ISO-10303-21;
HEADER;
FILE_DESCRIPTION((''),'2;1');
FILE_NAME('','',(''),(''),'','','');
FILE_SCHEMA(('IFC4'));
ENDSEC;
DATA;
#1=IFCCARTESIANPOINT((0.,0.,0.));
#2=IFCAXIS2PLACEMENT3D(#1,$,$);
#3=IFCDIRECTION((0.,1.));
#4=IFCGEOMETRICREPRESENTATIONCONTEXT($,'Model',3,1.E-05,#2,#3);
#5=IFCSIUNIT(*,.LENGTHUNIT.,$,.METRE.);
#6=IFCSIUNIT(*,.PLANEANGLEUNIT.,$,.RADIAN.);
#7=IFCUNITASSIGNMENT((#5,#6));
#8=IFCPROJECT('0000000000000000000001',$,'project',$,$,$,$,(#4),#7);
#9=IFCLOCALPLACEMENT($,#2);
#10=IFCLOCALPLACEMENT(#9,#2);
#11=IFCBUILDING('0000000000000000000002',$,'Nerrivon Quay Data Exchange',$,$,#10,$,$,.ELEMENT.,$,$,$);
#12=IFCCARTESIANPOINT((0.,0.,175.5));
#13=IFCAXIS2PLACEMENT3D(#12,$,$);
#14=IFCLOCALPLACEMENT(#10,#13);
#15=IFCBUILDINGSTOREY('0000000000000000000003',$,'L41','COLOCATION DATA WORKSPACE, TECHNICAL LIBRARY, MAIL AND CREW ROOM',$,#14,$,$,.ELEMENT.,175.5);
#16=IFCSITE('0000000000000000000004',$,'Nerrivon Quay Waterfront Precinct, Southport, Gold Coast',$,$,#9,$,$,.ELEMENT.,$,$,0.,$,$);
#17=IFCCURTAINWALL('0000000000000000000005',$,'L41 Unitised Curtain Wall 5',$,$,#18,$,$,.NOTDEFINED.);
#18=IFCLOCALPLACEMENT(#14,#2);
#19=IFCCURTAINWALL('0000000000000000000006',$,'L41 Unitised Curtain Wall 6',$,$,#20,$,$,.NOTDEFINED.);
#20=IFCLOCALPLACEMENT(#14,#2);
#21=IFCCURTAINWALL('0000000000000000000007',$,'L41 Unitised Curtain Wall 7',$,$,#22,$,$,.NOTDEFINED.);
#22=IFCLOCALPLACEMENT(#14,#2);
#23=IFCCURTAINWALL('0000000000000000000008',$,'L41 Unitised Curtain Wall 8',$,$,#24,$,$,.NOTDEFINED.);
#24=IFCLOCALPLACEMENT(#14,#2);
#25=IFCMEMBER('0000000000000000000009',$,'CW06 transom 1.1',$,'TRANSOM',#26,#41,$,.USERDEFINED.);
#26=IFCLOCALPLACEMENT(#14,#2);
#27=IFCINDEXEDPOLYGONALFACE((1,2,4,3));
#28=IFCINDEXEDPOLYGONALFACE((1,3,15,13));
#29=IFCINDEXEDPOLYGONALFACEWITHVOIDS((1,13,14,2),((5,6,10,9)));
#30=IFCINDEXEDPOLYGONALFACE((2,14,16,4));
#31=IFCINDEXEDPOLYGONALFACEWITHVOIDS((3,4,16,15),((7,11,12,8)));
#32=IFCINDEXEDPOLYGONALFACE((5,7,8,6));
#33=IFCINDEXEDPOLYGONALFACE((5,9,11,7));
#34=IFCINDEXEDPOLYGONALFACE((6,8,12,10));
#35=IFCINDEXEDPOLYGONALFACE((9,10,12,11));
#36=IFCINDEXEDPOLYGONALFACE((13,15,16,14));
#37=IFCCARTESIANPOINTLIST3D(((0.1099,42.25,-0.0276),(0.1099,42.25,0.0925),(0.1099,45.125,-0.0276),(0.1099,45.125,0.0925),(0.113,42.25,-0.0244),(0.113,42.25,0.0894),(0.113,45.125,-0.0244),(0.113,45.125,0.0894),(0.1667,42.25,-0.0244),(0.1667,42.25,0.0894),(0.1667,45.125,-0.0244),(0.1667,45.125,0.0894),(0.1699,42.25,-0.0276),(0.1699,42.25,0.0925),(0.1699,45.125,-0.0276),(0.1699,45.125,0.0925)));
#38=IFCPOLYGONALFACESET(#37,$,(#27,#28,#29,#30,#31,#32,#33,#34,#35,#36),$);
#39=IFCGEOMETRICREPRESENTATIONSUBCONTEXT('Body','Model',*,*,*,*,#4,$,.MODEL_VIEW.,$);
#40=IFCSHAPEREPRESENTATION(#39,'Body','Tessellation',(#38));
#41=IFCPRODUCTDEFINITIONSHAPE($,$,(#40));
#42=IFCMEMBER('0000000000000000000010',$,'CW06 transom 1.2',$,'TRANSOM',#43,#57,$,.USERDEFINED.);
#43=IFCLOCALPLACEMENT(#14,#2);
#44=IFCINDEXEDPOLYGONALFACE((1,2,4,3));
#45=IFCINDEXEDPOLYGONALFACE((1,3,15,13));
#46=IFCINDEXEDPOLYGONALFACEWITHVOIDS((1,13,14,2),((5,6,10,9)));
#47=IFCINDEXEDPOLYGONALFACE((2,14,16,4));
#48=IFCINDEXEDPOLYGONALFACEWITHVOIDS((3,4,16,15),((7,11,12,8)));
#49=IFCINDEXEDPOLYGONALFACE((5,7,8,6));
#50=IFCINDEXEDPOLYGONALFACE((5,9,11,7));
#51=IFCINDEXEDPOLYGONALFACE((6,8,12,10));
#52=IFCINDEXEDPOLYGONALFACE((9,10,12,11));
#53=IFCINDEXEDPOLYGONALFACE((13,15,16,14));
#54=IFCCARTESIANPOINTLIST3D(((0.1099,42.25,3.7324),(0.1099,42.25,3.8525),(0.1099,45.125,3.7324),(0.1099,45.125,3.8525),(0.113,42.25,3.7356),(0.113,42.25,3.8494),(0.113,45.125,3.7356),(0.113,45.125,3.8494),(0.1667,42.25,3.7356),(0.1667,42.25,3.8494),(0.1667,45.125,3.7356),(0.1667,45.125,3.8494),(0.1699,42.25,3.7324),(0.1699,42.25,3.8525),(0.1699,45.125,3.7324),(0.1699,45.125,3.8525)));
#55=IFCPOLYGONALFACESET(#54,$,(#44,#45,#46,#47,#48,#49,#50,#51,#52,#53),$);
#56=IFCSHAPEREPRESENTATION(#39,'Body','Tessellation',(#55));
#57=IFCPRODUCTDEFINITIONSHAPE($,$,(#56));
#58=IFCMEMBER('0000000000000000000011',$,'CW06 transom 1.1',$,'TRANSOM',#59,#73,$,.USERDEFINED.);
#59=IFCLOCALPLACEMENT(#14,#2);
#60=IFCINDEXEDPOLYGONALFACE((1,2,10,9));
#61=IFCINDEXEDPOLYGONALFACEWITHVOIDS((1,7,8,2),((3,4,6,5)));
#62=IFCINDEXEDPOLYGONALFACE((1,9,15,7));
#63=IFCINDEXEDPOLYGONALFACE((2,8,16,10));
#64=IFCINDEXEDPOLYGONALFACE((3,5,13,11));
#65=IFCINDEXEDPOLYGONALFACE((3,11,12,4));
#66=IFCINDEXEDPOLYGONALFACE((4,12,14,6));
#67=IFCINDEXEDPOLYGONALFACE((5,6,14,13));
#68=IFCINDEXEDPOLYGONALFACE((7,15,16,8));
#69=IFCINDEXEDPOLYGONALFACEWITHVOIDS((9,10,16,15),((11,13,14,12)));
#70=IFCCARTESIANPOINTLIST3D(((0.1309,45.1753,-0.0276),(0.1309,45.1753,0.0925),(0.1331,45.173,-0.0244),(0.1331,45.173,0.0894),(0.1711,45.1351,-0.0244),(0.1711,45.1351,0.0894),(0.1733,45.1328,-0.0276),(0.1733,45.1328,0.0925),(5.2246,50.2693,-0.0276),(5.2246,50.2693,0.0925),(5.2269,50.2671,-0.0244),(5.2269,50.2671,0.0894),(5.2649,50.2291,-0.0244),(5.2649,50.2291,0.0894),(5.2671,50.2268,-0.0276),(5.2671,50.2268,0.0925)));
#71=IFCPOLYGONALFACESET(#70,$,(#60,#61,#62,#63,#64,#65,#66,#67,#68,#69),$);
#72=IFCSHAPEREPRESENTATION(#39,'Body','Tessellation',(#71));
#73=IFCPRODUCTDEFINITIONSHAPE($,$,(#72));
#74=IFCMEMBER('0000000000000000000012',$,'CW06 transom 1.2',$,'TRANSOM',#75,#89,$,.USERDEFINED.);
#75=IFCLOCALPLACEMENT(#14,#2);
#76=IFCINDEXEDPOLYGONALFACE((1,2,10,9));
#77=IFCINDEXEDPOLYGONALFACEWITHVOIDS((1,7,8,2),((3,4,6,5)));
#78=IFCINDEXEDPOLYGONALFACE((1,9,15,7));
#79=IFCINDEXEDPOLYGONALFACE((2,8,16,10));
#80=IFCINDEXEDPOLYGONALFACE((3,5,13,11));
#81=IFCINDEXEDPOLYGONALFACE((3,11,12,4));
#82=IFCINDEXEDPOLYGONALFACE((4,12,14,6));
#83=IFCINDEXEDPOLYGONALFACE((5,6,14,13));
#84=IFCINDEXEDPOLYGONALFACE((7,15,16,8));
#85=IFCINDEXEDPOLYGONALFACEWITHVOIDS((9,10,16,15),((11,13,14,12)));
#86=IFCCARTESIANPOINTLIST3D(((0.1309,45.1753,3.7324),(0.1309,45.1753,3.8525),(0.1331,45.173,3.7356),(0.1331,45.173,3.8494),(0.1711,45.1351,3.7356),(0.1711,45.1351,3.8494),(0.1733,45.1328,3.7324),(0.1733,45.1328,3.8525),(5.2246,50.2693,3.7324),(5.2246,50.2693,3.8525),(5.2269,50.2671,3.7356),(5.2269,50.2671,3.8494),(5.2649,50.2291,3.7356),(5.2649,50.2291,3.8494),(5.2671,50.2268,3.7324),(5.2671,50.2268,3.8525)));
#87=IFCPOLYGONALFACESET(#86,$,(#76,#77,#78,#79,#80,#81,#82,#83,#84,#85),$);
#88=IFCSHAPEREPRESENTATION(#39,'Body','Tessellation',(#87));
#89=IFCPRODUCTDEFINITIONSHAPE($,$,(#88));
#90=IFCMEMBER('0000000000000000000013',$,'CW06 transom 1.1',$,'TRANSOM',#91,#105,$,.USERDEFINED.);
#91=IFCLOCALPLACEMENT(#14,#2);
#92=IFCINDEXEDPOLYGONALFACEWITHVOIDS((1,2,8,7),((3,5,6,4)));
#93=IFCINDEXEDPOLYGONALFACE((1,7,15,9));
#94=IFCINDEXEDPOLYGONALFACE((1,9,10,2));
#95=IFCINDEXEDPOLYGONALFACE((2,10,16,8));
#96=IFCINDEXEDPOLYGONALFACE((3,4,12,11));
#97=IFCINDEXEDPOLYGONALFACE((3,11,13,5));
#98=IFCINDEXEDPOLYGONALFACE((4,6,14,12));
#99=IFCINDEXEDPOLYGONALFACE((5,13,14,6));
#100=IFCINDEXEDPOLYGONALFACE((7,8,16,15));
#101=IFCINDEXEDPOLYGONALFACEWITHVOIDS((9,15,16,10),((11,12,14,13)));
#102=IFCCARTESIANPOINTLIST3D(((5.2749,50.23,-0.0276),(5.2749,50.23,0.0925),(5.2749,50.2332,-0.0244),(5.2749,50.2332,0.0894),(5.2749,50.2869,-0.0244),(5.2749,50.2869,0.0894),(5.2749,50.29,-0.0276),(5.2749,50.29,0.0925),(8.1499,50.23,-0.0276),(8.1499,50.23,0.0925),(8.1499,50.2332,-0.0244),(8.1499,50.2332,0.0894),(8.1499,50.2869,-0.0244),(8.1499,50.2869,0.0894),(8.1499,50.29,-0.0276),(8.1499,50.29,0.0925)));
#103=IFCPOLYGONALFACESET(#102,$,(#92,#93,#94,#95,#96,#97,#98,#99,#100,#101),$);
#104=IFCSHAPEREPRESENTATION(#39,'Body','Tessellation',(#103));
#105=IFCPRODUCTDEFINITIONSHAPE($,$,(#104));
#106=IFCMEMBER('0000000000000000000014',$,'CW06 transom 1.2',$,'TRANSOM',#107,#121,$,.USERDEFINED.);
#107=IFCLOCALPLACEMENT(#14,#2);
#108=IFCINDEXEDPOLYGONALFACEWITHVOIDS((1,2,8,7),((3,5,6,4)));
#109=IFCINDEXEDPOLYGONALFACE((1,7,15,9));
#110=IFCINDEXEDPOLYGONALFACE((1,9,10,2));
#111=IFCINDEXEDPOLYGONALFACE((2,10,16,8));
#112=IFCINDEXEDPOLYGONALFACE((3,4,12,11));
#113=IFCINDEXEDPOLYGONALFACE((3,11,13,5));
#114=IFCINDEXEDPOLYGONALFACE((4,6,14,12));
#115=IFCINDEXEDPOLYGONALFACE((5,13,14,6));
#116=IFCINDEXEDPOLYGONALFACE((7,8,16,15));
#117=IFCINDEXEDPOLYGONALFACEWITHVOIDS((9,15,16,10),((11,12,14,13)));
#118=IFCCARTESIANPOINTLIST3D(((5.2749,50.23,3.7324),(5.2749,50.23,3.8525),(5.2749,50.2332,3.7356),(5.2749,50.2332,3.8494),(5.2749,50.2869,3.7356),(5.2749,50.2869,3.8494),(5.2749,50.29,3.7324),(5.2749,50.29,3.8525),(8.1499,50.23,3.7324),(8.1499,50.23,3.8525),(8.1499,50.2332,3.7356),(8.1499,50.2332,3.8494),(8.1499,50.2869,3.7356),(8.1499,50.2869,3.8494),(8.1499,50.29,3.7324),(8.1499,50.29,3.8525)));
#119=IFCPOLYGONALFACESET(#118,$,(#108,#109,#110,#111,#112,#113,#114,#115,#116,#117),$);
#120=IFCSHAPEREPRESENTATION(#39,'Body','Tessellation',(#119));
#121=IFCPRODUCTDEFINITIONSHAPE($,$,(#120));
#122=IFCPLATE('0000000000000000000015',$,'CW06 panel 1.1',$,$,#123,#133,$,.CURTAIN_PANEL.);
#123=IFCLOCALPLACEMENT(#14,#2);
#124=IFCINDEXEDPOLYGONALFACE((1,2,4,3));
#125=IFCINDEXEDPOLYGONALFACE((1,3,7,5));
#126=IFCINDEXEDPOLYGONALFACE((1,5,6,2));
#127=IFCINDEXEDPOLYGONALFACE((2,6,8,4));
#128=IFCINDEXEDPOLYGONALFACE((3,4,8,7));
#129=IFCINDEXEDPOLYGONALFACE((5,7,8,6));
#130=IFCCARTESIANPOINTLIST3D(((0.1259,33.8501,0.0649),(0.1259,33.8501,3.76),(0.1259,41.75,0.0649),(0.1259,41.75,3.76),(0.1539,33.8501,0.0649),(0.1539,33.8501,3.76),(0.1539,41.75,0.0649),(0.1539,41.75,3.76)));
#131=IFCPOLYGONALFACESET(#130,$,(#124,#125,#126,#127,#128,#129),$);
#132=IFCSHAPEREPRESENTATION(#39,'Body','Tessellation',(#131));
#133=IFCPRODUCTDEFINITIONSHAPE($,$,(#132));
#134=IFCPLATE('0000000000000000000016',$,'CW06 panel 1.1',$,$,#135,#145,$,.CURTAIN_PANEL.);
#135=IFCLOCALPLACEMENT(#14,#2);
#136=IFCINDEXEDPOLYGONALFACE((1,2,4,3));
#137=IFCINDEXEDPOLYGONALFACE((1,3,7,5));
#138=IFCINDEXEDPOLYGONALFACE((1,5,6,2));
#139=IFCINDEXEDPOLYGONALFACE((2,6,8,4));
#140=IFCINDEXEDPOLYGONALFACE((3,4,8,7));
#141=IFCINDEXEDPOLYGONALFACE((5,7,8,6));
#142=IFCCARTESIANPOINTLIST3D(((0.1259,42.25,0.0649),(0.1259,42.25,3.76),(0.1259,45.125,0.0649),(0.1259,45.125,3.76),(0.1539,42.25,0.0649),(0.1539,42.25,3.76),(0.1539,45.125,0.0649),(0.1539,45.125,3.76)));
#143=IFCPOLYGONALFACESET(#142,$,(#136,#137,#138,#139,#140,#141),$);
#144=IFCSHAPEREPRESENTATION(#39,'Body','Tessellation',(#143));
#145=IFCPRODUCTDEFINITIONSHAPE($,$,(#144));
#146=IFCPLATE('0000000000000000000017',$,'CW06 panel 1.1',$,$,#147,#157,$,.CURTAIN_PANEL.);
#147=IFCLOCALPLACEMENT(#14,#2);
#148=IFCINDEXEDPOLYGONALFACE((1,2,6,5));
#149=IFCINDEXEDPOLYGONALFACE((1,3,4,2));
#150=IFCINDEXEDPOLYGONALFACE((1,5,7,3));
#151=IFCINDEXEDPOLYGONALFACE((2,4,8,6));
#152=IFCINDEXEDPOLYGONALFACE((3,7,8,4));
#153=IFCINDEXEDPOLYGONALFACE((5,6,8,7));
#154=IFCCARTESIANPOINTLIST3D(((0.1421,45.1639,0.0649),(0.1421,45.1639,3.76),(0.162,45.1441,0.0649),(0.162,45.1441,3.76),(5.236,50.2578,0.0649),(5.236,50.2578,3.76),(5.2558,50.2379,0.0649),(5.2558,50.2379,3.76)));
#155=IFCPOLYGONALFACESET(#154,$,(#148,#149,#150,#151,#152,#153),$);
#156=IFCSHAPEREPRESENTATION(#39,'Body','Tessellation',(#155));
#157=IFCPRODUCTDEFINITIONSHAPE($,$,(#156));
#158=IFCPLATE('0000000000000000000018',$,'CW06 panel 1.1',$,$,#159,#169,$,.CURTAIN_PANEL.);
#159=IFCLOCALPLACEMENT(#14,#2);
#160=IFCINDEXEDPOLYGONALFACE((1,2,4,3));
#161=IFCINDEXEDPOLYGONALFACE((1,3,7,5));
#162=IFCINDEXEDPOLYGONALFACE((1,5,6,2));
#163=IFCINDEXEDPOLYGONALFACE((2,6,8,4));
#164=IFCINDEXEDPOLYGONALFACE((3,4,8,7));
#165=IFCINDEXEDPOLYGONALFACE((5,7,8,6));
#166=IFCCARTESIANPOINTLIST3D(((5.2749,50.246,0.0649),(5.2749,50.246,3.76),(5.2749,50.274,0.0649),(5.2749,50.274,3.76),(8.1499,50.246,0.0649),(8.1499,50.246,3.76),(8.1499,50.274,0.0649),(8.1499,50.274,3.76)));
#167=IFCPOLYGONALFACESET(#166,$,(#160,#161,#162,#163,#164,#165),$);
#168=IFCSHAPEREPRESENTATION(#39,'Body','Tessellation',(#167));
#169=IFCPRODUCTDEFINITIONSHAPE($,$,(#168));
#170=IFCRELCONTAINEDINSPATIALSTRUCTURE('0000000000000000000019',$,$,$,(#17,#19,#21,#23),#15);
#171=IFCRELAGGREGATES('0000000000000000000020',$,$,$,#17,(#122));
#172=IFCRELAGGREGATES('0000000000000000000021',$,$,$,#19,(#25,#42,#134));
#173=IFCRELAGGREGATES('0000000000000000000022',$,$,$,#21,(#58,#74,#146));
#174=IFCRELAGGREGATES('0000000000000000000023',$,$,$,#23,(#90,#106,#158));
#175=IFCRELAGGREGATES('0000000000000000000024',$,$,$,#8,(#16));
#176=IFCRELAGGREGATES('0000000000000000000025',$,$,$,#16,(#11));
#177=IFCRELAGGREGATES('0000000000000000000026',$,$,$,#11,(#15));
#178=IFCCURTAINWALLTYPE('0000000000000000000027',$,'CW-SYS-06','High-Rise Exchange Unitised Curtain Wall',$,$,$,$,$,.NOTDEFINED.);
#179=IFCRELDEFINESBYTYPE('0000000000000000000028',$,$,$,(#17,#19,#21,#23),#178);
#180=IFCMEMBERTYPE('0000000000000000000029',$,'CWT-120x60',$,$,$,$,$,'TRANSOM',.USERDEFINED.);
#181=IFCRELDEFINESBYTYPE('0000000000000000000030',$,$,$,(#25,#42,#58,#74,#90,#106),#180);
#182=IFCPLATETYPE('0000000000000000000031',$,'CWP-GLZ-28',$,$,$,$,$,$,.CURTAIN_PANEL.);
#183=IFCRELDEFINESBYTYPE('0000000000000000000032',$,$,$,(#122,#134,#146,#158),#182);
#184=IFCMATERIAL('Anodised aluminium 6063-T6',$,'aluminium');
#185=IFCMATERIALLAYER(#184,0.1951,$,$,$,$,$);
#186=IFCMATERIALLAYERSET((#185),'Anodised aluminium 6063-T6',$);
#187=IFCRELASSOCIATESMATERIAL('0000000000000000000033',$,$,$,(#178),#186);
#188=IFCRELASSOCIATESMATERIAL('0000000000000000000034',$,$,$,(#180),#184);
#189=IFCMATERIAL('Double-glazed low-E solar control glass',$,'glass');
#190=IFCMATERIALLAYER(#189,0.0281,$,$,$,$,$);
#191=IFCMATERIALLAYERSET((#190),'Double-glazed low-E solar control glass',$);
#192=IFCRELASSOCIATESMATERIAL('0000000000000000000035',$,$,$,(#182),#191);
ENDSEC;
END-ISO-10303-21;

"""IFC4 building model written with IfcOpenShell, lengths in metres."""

from ifc_helpers import new_model, si_unit, direction, frame, origin, origin_2d, place, context, subcontext, project, spatial, rectangle, hollow_rectangle, extrude, material, layer, layer_set, material_profile, profile_set, type_object, element, aggregate, save


model = new_model("IFC4")

# Units and contexts
model_context = context("Model", 3, precision=1e-05, world=origin(), true_north=direction((0.0, 1.0)))
body_context = subcontext(model_context, "Body", "Model", "MODEL_VIEW")
ifc_project = project(units=[si_unit("LENGTHUNIT", "METRE"), si_unit("PLANEANGLEUNIT", "RADIAN")], contexts=[model_context])

# Site, building, storey
site_placement = place(None, origin())
site = spatial("IfcSite", under=ifc_project, at=site_placement, Name="Nerrivon Quay Waterfront Precinct, Southport, Gold Coast", CompositionType="ELEMENT", RefElevation=0.0)
building_placement = place(site_placement, origin())
building = spatial("IfcBuilding", under=site, at=building_placement, Name="Nerrivon Quay Data Exchange", CompositionType="ELEMENT")
storey_placement = place(building_placement, frame((0.0, 0.0, 175.5)))
storey = spatial("IfcBuildingStorey", under=building, at=storey_placement, Name="L41", Description="COLOCATION DATA WORKSPACE, TECHNICAL LIBRARY, MAIL AND CREW ROOM", CompositionType="ELEMENT", Elevation=175.5)

# Curtain wall
ifc_material_1 = material(Name="Anodised aluminium 6063-T6", Category="aluminium")
ifc_layer_1 = layer(ifc_material_1, 0.1951)
ifc_layer_set_1 = layer_set([ifc_layer_1], Name="Anodised aluminium 6063-T6")
curtain_wall_type = type_object("IfcCurtainWallType", Name="CW-SYS-06", Description="High-Rise Exchange Unitised Curtain Wall", PredefinedType="NOTDEFINED", material=ifc_layer_set_1)
curtain_wall_1_placement = place(storey_placement, origin())
curtain_wall_1 = element("IfcCurtainWall", 1, at=curtain_wall_1_placement, inside=storey, type_object=curtain_wall_type, Name="L41 Unitised Curtain Wall 5", PredefinedType="NOTDEFINED")

# Curtain walls
curtain_wall_2_placement = place(storey_placement, origin())
curtain_wall_2 = element("IfcCurtainWall", 2, at=curtain_wall_2_placement, inside=storey, type_object=curtain_wall_type, Name="L41 Unitised Curtain Wall 6", PredefinedType="NOTDEFINED")
curtain_wall_3_placement = place(storey_placement, origin())
curtain_wall_3 = element("IfcCurtainWall", 3, at=curtain_wall_3_placement, inside=storey, type_object=curtain_wall_type, Name="L41 Unitised Curtain Wall 7", PredefinedType="NOTDEFINED")

# Curtain wall
curtain_wall_4_placement = place(storey_placement, origin())
curtain_wall_4 = element("IfcCurtainWall", 4, at=curtain_wall_4_placement, inside=storey, type_object=curtain_wall_type, Name="L41 Unitised Curtain Wall 8", PredefinedType="NOTDEFINED")

# Members
ifc_material_profile_1 = material_profile(ifc_material_1, hollow_rectangle(XDim=0.0601, YDim=0.1201, WallThickness=0.0032, at=origin_2d()), Name="ALU-TRAN-120x60")
ifc_profile_set_1 = profile_set([ifc_material_profile_1], Name="Anodised aluminium 6063-T6")
member_type_1 = type_object("IfcMemberType", Name="CWT-120x60", ElementType="TRANSOM", PredefinedType="USERDEFINED", material=ifc_profile_set_1)
member_1_placement = place(storey_placement, frame((0.1399, 42.25, 0.0325), z_axis=(0.0, 1.0, 0.0), x_axis=(-1.0, 0.0, 0.0)))
member_1 = element("IfcMember", 5, at=member_1_placement, type_object=member_type_1, Name="CW06 transom 1.1", ObjectType="TRANSOM", PredefinedType="USERDEFINED", context=body_context, shape_type="SweptSolid", body=[
    extrude(hollow_rectangle(XDim=0.0601, YDim=0.1201, WallThickness=0.0032, at=origin_2d()), origin(), (0.0, 0.0, 1.0), 2.875),
])
member_2_placement = place(storey_placement, frame((0.1399, 42.25, 3.7925), z_axis=(0.0, 1.0, 0.0), x_axis=(-1.0, 0.0, 0.0)))
member_2 = element("IfcMember", 6, at=member_2_placement, type_object=member_type_1, Name="CW06 transom 1.2", ObjectType="TRANSOM", PredefinedType="USERDEFINED", context=body_context, shape_type="SweptSolid", body=[
    extrude(hollow_rectangle(XDim=0.0601, YDim=0.1201, WallThickness=0.0032, at=origin_2d()), origin(), (0.0, 0.0, 1.0), 2.875),
])
member_3_placement = place(storey_placement, frame((0.1521, 45.1541, 0.0325), z_axis=(0.70709, 0.707124, 0.0), x_axis=(-0.707124, 0.70709, 0.0)))
member_3 = element("IfcMember", 7, at=member_3_placement, type_object=member_type_1, Name="CW06 transom 1.1", ObjectType="TRANSOM", PredefinedType="USERDEFINED", context=body_context, shape_type="SweptSolid", body=[
    extrude(hollow_rectangle(XDim=0.0601, YDim=0.1201, WallThickness=0.0032, at=origin_2d()), origin(), (0.0, 0.0, 1.0), 7.2039),
])
member_4_placement = place(storey_placement, frame((0.1521, 45.1541, 3.7925), z_axis=(0.70709, 0.707124, 0.0), x_axis=(-0.707124, 0.70709, 0.0)))
member_4 = element("IfcMember", 8, at=member_4_placement, type_object=member_type_1, Name="CW06 transom 1.2", ObjectType="TRANSOM", PredefinedType="USERDEFINED", context=body_context, shape_type="SweptSolid", body=[
    extrude(hollow_rectangle(XDim=0.0601, YDim=0.1201, WallThickness=0.0032, at=origin_2d()), origin(), (0.0, 0.0, 1.0), 7.2039),
])
member_5_placement = place(storey_placement, frame((5.2749, 50.26, 0.0325), z_axis=(1.0, 0.0, 0.0), x_axis=(0.0, 1.0, 0.0)))
member_5 = element("IfcMember", 9, at=member_5_placement, type_object=member_type_1, Name="CW06 transom 1.1", ObjectType="TRANSOM", PredefinedType="USERDEFINED", context=body_context, shape_type="SweptSolid", body=[
    extrude(hollow_rectangle(XDim=0.0601, YDim=0.1201, WallThickness=0.0032, at=origin_2d()), origin(), (0.0, 0.0, 1.0), 2.875),
])
member_6_placement = place(storey_placement, frame((5.2749, 50.26, 3.7925), z_axis=(1.0, 0.0, 0.0), x_axis=(0.0, 1.0, 0.0)))
member_6 = element("IfcMember", 10, at=member_6_placement, type_object=member_type_1, Name="CW06 transom 1.2", ObjectType="TRANSOM", PredefinedType="USERDEFINED", context=body_context, shape_type="SweptSolid", body=[
    extrude(hollow_rectangle(XDim=0.0601, YDim=0.1201, WallThickness=0.0032, at=origin_2d()), origin(), (0.0, 0.0, 1.0), 2.875),
])

# Plates
ifc_material_2 = material(Name="Double-glazed low-E solar control glass", Category="glass")
ifc_layer_2 = layer(ifc_material_2, 0.0281)
ifc_layer_set_2 = layer_set([ifc_layer_2], Name="Double-glazed low-E solar control glass")
plate_type = type_object("IfcPlateType", Name="CWP-GLZ-28", PredefinedType="CURTAIN_PANEL", material=ifc_layer_set_2)
plate_1_placement = place(storey_placement, frame((0.1399, 37.8, 0.0649), z_axis=(0.0, 0.0, 1.0), x_axis=(0.0, 1.0, 0.0)))
plate_1 = element("IfcPlate", 11, at=plate_1_placement, type_object=plate_type, Name="CW06 panel 1.1", PredefinedType="CURTAIN_PANEL", context=body_context, shape_type="SweptSolid", body=[
    extrude(rectangle(XDim=7.8999, YDim=0.0281, at=origin_2d()), origin(), (0.0, 0.0, 1.0), 3.6951),
])
aggregate(curtain_wall_1, [plate_1])
plate_2_placement = place(storey_placement, frame((0.1399, 43.6875, 0.0649), z_axis=(0.0, 0.0, 1.0), x_axis=(0.0, 1.0, 0.0)))
plate_2 = element("IfcPlate", 12, at=plate_2_placement, type_object=plate_type, Name="CW06 panel 1.1", PredefinedType="CURTAIN_PANEL", context=body_context, shape_type="SweptSolid", body=[
    extrude(rectangle(XDim=2.875, YDim=0.0281, at=origin_2d()), origin(), (0.0, 0.0, 1.0), 3.6951),
])
aggregate(curtain_wall_2, [member_1, member_2, plate_2])
plate_3_placement = place(storey_placement, frame((2.699, 47.7009, 0.0649), z_axis=(0.0, 0.0, 1.0), x_axis=(0.707107, 0.707107, 0.0)))
plate_3 = element("IfcPlate", 13, at=plate_3_placement, type_object=plate_type, Name="CW06 panel 1.1", PredefinedType="CURTAIN_PANEL", context=body_context, shape_type="SweptSolid", body=[
    extrude(rectangle(XDim=7.2039, YDim=0.0281, at=origin_2d()), origin(), (0.0, 0.0, 1.0), 3.6951),
])
aggregate(curtain_wall_3, [member_3, member_4, plate_3])
plate_4_placement = place(storey_placement, frame((6.7124, 50.26, 0.0649), z_axis=(0.0, 0.0, 1.0), x_axis=(1.0, 0.0, 0.0)))
plate_4 = element("IfcPlate", 14, at=plate_4_placement, type_object=plate_type, Name="CW06 panel 1.1", PredefinedType="CURTAIN_PANEL", context=body_context, shape_type="SweptSolid", body=[
    extrude(rectangle(XDim=2.875, YDim=0.0281, at=origin_2d()), origin(), (0.0, 0.0, 1.0), 3.6951),
])
aggregate(curtain_wall_4, [member_5, member_6, plate_4])

save(model, "model.ifc")
